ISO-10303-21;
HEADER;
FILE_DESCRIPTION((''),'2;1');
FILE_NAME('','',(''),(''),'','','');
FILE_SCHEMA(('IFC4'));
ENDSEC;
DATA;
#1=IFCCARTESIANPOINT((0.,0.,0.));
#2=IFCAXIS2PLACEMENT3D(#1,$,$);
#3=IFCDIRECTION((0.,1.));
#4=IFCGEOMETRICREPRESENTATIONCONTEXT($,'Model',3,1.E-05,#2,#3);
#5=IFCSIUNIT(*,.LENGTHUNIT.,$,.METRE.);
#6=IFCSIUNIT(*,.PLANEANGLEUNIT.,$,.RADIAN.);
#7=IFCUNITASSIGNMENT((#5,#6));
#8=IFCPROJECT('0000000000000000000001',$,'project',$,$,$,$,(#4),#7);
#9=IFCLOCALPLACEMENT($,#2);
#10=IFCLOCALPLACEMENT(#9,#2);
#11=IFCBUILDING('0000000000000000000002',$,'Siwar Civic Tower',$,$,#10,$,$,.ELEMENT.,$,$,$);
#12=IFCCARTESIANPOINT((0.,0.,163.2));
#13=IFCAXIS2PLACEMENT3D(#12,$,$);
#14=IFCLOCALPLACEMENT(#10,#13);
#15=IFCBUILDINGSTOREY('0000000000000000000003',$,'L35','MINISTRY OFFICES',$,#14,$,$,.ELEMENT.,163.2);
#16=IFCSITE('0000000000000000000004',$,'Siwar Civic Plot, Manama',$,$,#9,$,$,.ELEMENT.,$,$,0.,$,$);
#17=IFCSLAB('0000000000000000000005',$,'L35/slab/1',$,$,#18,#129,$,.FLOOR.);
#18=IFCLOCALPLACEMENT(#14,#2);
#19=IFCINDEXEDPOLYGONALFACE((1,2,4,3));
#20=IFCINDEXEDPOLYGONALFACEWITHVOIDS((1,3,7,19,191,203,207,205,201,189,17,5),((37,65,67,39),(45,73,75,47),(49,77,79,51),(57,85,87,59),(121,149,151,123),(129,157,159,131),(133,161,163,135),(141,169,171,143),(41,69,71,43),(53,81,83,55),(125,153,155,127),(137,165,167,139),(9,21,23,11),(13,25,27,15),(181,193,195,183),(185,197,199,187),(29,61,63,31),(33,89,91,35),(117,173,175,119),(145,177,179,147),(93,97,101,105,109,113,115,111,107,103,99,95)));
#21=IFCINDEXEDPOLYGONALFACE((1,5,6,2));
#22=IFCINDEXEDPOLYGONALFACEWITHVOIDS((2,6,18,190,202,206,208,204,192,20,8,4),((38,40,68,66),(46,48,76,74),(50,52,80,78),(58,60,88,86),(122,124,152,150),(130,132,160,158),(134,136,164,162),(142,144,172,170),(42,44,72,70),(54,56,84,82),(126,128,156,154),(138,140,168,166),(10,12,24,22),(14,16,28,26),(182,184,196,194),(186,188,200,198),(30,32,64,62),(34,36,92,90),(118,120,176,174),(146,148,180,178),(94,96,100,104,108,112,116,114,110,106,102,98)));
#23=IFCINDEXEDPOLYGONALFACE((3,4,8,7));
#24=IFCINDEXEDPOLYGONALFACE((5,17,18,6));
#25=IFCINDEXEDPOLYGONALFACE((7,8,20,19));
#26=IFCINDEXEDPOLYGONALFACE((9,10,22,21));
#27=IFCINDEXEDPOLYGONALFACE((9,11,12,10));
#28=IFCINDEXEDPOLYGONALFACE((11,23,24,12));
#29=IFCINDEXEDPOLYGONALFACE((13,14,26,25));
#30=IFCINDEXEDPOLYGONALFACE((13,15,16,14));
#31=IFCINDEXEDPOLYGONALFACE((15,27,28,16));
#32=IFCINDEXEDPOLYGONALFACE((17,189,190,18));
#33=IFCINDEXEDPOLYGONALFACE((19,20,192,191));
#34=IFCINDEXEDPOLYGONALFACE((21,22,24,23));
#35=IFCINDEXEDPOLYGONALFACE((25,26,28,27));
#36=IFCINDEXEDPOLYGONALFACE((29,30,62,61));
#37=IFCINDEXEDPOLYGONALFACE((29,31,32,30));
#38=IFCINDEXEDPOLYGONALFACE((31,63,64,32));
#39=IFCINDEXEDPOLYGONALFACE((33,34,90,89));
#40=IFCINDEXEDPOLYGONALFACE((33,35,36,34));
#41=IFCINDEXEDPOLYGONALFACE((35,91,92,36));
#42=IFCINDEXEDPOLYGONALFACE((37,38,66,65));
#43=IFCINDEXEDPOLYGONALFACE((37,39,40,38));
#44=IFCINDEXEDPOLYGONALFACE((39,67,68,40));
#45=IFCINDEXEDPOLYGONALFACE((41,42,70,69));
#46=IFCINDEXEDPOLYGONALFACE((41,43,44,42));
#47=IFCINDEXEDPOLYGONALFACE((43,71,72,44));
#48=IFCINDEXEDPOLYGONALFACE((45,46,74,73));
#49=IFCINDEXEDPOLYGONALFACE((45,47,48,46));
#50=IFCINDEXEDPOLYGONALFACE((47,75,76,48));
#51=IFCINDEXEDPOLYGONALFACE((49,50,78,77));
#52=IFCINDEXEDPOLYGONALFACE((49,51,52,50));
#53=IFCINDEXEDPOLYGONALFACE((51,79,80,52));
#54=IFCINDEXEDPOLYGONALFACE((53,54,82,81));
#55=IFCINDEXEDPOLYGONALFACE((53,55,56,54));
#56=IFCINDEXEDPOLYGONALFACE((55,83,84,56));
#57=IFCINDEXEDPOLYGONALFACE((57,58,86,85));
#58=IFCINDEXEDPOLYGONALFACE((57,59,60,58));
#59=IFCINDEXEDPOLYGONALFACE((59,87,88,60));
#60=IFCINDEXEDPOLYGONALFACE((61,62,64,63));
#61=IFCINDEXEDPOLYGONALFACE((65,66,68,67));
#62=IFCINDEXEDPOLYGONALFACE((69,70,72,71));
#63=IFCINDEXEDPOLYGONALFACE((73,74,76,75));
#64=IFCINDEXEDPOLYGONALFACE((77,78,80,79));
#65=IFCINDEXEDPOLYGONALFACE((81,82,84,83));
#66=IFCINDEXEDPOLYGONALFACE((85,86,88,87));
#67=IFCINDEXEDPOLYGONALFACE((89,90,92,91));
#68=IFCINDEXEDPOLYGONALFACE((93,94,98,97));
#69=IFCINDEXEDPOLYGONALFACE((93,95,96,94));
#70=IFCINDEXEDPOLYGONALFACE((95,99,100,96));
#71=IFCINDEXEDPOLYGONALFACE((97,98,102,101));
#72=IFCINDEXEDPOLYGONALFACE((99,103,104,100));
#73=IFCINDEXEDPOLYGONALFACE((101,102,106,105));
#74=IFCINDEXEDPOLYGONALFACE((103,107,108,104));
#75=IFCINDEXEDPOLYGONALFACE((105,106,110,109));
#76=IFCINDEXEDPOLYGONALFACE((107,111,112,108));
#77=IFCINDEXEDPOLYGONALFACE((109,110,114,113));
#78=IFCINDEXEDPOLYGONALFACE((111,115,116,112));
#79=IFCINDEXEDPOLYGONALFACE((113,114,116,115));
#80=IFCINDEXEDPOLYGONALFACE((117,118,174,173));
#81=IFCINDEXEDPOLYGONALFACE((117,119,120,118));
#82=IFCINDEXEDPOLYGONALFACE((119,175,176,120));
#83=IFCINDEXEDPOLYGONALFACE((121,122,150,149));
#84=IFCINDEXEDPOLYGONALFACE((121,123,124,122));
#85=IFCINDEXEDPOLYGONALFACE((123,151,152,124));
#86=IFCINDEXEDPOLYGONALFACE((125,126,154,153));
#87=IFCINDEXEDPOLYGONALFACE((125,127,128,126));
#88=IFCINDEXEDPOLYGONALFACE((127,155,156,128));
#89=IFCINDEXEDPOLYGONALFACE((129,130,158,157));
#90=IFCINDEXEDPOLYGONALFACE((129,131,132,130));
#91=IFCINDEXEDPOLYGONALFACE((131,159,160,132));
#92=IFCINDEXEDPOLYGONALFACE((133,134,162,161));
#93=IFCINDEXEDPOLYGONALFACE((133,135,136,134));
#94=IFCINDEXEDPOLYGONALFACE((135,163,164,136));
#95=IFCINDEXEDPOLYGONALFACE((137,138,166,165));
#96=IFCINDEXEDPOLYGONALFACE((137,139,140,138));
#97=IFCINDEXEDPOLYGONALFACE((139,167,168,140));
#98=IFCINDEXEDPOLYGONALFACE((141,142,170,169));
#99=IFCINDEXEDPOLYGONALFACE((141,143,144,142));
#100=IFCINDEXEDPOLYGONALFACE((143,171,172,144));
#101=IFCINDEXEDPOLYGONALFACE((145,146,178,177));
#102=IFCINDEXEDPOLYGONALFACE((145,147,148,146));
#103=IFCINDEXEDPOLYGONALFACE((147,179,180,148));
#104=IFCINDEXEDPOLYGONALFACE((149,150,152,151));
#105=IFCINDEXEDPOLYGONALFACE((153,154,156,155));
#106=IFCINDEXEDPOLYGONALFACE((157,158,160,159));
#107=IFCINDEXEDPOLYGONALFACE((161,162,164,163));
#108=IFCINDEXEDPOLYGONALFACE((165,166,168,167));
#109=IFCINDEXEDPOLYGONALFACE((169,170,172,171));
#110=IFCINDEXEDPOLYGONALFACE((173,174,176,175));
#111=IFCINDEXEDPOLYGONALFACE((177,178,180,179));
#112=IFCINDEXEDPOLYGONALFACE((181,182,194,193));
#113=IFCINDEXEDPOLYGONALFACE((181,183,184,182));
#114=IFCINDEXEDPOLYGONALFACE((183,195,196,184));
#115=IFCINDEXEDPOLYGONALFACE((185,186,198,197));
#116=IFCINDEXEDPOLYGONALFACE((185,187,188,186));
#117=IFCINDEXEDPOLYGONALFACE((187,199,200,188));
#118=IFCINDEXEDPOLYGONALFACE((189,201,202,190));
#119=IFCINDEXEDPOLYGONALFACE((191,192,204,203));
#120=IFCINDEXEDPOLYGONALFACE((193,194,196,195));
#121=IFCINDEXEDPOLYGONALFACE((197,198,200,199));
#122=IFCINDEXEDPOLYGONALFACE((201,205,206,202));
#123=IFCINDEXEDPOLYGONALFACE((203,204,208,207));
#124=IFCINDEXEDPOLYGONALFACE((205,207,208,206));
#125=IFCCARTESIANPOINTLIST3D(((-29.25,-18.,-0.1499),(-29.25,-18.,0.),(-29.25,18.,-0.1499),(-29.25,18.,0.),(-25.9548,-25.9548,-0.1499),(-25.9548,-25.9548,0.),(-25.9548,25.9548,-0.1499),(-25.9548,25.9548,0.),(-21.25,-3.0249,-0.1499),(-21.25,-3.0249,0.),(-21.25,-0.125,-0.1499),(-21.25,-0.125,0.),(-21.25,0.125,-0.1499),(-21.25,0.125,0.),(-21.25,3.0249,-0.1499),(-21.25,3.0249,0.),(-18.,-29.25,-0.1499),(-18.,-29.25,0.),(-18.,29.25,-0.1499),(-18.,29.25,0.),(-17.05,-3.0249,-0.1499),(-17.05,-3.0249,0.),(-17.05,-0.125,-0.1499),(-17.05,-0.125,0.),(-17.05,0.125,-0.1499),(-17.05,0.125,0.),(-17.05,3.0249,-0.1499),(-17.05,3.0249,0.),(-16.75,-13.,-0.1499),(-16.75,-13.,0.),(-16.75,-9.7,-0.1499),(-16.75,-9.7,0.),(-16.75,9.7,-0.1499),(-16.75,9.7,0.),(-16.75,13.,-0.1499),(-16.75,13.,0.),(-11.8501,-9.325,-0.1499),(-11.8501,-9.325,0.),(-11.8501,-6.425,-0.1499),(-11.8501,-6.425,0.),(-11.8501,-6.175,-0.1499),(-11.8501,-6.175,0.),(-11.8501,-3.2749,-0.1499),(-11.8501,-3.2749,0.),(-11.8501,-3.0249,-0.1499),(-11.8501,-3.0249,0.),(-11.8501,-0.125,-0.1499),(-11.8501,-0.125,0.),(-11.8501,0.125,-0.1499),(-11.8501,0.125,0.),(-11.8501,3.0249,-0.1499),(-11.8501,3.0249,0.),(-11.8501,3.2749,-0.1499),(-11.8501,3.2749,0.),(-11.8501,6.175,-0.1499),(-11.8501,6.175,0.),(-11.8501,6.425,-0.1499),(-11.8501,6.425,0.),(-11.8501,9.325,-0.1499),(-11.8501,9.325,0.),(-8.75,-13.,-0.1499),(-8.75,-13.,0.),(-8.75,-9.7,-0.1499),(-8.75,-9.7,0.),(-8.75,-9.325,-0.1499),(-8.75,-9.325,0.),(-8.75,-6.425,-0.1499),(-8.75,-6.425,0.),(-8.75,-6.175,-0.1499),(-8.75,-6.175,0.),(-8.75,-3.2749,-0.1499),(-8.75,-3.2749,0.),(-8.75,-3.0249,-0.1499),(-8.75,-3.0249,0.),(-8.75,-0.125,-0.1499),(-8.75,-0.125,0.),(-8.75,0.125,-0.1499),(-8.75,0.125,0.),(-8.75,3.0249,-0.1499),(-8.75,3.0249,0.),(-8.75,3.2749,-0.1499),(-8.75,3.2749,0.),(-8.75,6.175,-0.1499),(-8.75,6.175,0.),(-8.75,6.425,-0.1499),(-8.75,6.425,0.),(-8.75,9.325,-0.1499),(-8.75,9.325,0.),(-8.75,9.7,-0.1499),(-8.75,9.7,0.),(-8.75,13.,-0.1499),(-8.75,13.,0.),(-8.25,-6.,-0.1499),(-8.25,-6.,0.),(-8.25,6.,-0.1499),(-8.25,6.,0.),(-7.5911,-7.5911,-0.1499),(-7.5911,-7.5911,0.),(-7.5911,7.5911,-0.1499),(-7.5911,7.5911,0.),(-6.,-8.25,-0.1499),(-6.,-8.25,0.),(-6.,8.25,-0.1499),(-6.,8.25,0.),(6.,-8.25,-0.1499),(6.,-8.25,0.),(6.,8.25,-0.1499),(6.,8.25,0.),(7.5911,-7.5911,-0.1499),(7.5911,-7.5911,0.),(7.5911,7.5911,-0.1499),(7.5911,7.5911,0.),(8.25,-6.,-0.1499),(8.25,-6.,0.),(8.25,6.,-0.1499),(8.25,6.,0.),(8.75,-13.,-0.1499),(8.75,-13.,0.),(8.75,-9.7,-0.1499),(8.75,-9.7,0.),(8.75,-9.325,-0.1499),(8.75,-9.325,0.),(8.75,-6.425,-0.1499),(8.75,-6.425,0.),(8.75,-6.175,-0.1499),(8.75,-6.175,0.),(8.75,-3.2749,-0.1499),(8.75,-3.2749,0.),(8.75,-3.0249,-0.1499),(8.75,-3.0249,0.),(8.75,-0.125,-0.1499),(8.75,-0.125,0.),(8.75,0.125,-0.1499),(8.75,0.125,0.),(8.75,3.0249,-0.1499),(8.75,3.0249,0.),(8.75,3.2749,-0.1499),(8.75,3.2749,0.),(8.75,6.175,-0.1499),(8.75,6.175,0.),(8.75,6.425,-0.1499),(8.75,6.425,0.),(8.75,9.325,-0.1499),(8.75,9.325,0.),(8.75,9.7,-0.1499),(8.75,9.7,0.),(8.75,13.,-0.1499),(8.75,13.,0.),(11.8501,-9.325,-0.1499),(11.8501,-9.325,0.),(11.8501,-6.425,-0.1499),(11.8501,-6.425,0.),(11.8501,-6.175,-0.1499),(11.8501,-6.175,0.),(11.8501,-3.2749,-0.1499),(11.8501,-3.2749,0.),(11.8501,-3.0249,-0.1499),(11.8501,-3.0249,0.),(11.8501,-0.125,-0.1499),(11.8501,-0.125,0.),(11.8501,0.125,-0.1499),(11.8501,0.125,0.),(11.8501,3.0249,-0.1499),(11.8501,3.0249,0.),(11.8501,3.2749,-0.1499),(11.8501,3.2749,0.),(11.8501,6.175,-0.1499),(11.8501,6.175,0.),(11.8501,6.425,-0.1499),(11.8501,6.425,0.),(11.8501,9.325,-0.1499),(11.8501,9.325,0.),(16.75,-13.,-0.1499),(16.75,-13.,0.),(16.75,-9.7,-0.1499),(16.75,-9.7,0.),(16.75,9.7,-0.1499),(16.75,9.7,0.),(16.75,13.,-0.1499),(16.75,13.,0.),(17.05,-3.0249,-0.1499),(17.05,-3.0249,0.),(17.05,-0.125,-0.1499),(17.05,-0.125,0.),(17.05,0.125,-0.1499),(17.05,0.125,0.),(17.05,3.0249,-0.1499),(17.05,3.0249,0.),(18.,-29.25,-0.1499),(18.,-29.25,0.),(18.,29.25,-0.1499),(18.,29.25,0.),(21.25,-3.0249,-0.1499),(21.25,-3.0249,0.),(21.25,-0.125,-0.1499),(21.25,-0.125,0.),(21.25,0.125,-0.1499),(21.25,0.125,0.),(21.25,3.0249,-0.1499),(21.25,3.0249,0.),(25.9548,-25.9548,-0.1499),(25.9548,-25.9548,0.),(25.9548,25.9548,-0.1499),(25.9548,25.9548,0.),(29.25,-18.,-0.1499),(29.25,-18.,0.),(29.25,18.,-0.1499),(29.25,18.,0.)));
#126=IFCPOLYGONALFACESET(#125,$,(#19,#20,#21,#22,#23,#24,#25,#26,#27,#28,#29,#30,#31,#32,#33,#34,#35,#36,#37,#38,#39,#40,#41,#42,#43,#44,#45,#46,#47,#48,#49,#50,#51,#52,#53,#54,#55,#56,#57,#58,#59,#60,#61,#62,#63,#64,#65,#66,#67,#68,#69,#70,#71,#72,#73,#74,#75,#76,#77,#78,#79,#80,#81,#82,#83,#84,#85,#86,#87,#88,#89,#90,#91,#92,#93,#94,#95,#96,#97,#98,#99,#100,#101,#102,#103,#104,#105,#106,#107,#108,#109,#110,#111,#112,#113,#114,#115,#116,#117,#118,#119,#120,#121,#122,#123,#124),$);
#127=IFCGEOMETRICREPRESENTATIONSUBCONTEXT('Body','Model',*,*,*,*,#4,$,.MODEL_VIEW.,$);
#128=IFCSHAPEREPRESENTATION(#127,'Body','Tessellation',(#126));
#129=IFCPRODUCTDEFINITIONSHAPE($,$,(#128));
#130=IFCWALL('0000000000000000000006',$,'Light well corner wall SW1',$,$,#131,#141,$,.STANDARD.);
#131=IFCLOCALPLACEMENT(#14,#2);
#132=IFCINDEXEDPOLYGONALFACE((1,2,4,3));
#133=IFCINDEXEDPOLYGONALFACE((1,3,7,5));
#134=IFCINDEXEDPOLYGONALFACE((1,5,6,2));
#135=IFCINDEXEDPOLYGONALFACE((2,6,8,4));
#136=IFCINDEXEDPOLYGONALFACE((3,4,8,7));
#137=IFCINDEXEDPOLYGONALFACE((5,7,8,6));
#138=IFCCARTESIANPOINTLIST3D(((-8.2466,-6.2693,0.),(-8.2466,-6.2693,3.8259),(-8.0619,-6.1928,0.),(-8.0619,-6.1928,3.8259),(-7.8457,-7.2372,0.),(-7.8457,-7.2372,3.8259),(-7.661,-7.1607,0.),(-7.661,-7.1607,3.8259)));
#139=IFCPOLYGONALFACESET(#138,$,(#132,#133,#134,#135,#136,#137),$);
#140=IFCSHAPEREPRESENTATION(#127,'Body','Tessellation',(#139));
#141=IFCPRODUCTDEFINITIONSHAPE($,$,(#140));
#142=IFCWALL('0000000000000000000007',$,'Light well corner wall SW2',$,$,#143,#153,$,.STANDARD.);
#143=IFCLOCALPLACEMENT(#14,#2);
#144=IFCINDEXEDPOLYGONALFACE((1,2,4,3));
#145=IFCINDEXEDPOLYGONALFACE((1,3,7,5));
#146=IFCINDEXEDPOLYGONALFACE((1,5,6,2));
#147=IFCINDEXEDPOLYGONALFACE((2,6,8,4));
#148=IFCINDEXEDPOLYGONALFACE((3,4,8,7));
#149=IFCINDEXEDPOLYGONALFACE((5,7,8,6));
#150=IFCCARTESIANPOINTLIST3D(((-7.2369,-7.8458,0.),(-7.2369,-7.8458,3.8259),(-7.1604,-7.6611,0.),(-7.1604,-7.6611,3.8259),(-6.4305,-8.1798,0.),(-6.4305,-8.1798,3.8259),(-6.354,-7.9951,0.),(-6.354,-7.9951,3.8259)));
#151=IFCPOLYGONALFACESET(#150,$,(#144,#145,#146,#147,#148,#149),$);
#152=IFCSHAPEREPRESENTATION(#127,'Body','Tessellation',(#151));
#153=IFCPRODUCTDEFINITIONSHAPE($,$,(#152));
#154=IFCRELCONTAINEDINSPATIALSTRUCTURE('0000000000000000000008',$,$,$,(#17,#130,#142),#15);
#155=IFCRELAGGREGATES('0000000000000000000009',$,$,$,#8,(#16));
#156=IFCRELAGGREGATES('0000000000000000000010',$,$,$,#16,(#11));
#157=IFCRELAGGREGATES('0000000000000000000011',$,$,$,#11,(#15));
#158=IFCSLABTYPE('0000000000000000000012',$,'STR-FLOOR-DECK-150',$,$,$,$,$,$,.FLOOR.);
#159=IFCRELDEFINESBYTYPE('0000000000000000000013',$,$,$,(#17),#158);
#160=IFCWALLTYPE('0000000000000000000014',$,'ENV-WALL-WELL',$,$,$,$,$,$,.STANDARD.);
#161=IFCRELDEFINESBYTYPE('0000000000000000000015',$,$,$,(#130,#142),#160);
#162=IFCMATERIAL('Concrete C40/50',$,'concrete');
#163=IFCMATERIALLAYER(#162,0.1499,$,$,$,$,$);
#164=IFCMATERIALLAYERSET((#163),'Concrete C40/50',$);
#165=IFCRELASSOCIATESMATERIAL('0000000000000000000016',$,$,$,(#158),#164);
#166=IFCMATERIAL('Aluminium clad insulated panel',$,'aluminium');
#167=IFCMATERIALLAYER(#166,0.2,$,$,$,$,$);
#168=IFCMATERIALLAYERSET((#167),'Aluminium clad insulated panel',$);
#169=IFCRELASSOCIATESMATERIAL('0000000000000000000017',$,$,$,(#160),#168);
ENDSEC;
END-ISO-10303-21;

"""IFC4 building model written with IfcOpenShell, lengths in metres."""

from ifc_helpers import new_model, si_unit, direction, frame, frame_2d, origin, place, context, subcontext, project, spatial, polyline, rectangle, outline, extrude, material, layer, layer_set, type_object, element, save


model = new_model("IFC4")

# Units and contexts
model_context = context("Model", 3, precision=1e-05, world=origin(), true_north=direction((0.0, 1.0)))
body_context = subcontext(model_context, "Body", "Model", "MODEL_VIEW")
ifc_project = project(units=[si_unit("LENGTHUNIT", "METRE"), si_unit("PLANEANGLEUNIT", "RADIAN")], contexts=[model_context])

# Site, building, storey
site_placement = place(None, origin())
site = spatial("IfcSite", under=ifc_project, at=site_placement, Name="Siwar Civic Plot, Manama", CompositionType="ELEMENT", RefElevation=0.0)
building_placement = place(site_placement, origin())
building = spatial("IfcBuilding", under=site, at=building_placement, Name="Siwar Civic Tower", CompositionType="ELEMENT")
storey_placement = place(building_placement, frame((0.0, 0.0, 163.2)))
storey = spatial("IfcBuildingStorey", under=building, at=storey_placement, Name="L35", Description="MINISTRY OFFICES", CompositionType="ELEMENT", Elevation=163.2)

# Slab
ifc_material_1 = material(Name="Concrete C40/50", Category="concrete")
ifc_layer_1 = layer(ifc_material_1, 0.1499)
ifc_layer_set_1 = layer_set([ifc_layer_1], Name="Concrete C40/50")
slab_type = type_object("IfcSlabType", Name="STR-FLOOR-DECK-150", PredefinedType="FLOOR", material=ifc_layer_set_1)
slab_placement = place(storey_placement, frame((0.0, 0.0, -0.1499)))
element("IfcSlab", 1, at=slab_placement, inside=storey, type_object=slab_type, Name="L35/slab/1", PredefinedType="FLOOR", context=body_context, shape_type="SweptSolid", body=[
    extrude(outline(polyline([(-18.0, -29.25), (18.0, -29.25), (25.9548, -25.9548), (29.25, -18.0), (29.25, 18.0), (25.9548, 25.9548), (18.0, 29.25), (-18.0, 29.25), (-25.9548, 25.9548), (-29.25, 18.0), (-29.25, -18.0), (-25.9548, -25.9548), (-18.0, -29.25)]), holes=[polyline([(21.25, 3.0249), (21.25, 0.125), (17.05, 0.125), (17.05, 3.0249), (21.25, 3.0249)]), polyline([(17.05, -0.125), (21.25, -0.125), (21.25, -3.0249), (17.05, -3.0249), (17.05, -0.125)]), polyline([(16.75, 13.0), (16.75, 9.7), (8.75, 9.7), (8.75, 13.0), (16.75, 13.0)]), polyline([(8.75, -9.7), (16.75, -9.7), (16.75, -13.0), (8.75, -13.0), (8.75, -9.7)]), polyline([(11.8501, 9.325), (11.8501, 6.425), (8.75, 6.425), (8.75, 9.325), (11.8501, 9.325)]), polyline([(11.8501, 3.0249), (11.8501, 0.125), (8.75, 0.125), (8.75, 3.0249), (11.8501, 3.0249)]), polyline([(11.8501, -0.125), (11.8501, -3.0249), (8.75, -3.0249), (8.75, -0.125), (11.8501, -0.125)]), polyline([(11.8501, -3.2749), (11.8501, -6.175), (8.75, -6.175), (8.75, -3.2749), (11.8501, -3.2749)]), polyline([(8.75, 6.175), (11.8501, 6.175), (11.8501, 3.2749), (8.75, 3.2749), (8.75, 6.175)]), polyline([(8.75, -6.425), (11.8501, -6.425), (11.8501, -9.325), (8.75, -9.325), (8.75, -6.425)]), polyline([(-6.0, 8.25), (6.0, 8.25), (7.5911, 7.5911), (8.25, 6.0), (8.25, -6.0), (7.5911, -7.5911), (6.0, -8.25), (-6.0, -8.25), (-7.5911, -7.5911), (-8.25, -6.0), (-8.25, 6.0), (-7.5911, 7.5911), (-6.0, 8.25)]), polyline([(-8.75, 9.7), (-16.75, 9.7), (-16.75, 13.0), (-8.75, 13.0), (-8.75, 9.7)]), polyline([(-8.75, 0.125), (-11.8501, 0.125), (-11.8501, 3.0249), (-8.75, 3.0249), (-8.75, 0.125)]), polyline([(-8.75, -6.175), (-11.8501, -6.175), (-11.8501, -3.2749), (-8.75, -3.2749), (-8.75, -6.175)]), polyline([(-8.75, -9.325), (-11.8501, -9.325), (-11.8501, -6.425), (-8.75, -6.425), (-8.75, -9.325)]), polyline([(-8.75, -13.0), (-16.75, -13.0), (-16.75, -9.7), (-8.75, -9.7), (-8.75, -13.0)]), polyline([(-11.8501, 6.425), (-11.8501, 9.325), (-8.75, 9.325), (-8.75, 6.425), (-11.8501, 6.425)]), polyline([(-11.8501, 3.2749), (-11.8501, 6.175), (-8.75, 6.175), (-8.75, 3.2749), (-11.8501, 3.2749)]), polyline([(-11.8501, -3.0249), (-11.8501, -0.125), (-8.75, -0.125), (-8.75, -3.0249), (-11.8501, -3.0249)]), polyline([(-21.25, -3.0249), (-21.25, -0.125), (-17.05, -0.125), (-17.05, -3.0249), (-21.25, -3.0249)]), polyline([(-17.05, 0.125), (-21.25, 0.125), (-21.25, 3.0249), (-17.05, 3.0249), (-17.05, 0.125)])]), origin(), (0.0, 0.0, 1.0), 0.1499),
])

# Walls
ifc_material_2 = material(Name="Aluminium clad insulated panel", Category="aluminium")
ifc_layer_2 = layer(ifc_material_2, 0.2)
ifc_layer_set_2 = layer_set([ifc_layer_2], Name="Aluminium clad insulated panel")
wall_type = type_object("IfcWallType", Name="ENV-WALL-WELL", PredefinedType="STANDARD", material=ifc_layer_set_2)
wall_1_placement = place(storey_placement, frame((-8.1543, -6.231, 0.0), z_axis=(0.0, 0.0, 1.0), x_axis=(0.382695, -0.923875, 0.0)))
element("IfcWall", 2, at=wall_1_placement, inside=storey, type_object=wall_type, Name="Light well corner wall SW1", PredefinedType="STANDARD", context=body_context, shape_type="SweptSolid", body=[
    extrude(rectangle(XDim=1.0476, YDim=0.2, at=frame_2d((0.5239, 0.0))), origin(), (0.0, 0.0, 1.0), 3.8259),
])
wall_2_placement = place(storey_placement, frame((-7.1987, -7.7534, 0.0), z_axis=(0.0, 0.0, 1.0), x_axis=(0.923894, -0.382648, 0.0)))
element("IfcWall", 3, at=wall_2_placement, inside=storey, type_object=wall_type, Name="Light well corner wall SW2", PredefinedType="STANDARD", context=body_context, shape_type="SweptSolid", body=[
    extrude(rectangle(XDim=0.8728, YDim=0.2, at=frame_2d((0.4365, 0.0))), origin(), (0.0, 0.0, 1.0), 3.8259),
])

save(model, "model.ifc")
